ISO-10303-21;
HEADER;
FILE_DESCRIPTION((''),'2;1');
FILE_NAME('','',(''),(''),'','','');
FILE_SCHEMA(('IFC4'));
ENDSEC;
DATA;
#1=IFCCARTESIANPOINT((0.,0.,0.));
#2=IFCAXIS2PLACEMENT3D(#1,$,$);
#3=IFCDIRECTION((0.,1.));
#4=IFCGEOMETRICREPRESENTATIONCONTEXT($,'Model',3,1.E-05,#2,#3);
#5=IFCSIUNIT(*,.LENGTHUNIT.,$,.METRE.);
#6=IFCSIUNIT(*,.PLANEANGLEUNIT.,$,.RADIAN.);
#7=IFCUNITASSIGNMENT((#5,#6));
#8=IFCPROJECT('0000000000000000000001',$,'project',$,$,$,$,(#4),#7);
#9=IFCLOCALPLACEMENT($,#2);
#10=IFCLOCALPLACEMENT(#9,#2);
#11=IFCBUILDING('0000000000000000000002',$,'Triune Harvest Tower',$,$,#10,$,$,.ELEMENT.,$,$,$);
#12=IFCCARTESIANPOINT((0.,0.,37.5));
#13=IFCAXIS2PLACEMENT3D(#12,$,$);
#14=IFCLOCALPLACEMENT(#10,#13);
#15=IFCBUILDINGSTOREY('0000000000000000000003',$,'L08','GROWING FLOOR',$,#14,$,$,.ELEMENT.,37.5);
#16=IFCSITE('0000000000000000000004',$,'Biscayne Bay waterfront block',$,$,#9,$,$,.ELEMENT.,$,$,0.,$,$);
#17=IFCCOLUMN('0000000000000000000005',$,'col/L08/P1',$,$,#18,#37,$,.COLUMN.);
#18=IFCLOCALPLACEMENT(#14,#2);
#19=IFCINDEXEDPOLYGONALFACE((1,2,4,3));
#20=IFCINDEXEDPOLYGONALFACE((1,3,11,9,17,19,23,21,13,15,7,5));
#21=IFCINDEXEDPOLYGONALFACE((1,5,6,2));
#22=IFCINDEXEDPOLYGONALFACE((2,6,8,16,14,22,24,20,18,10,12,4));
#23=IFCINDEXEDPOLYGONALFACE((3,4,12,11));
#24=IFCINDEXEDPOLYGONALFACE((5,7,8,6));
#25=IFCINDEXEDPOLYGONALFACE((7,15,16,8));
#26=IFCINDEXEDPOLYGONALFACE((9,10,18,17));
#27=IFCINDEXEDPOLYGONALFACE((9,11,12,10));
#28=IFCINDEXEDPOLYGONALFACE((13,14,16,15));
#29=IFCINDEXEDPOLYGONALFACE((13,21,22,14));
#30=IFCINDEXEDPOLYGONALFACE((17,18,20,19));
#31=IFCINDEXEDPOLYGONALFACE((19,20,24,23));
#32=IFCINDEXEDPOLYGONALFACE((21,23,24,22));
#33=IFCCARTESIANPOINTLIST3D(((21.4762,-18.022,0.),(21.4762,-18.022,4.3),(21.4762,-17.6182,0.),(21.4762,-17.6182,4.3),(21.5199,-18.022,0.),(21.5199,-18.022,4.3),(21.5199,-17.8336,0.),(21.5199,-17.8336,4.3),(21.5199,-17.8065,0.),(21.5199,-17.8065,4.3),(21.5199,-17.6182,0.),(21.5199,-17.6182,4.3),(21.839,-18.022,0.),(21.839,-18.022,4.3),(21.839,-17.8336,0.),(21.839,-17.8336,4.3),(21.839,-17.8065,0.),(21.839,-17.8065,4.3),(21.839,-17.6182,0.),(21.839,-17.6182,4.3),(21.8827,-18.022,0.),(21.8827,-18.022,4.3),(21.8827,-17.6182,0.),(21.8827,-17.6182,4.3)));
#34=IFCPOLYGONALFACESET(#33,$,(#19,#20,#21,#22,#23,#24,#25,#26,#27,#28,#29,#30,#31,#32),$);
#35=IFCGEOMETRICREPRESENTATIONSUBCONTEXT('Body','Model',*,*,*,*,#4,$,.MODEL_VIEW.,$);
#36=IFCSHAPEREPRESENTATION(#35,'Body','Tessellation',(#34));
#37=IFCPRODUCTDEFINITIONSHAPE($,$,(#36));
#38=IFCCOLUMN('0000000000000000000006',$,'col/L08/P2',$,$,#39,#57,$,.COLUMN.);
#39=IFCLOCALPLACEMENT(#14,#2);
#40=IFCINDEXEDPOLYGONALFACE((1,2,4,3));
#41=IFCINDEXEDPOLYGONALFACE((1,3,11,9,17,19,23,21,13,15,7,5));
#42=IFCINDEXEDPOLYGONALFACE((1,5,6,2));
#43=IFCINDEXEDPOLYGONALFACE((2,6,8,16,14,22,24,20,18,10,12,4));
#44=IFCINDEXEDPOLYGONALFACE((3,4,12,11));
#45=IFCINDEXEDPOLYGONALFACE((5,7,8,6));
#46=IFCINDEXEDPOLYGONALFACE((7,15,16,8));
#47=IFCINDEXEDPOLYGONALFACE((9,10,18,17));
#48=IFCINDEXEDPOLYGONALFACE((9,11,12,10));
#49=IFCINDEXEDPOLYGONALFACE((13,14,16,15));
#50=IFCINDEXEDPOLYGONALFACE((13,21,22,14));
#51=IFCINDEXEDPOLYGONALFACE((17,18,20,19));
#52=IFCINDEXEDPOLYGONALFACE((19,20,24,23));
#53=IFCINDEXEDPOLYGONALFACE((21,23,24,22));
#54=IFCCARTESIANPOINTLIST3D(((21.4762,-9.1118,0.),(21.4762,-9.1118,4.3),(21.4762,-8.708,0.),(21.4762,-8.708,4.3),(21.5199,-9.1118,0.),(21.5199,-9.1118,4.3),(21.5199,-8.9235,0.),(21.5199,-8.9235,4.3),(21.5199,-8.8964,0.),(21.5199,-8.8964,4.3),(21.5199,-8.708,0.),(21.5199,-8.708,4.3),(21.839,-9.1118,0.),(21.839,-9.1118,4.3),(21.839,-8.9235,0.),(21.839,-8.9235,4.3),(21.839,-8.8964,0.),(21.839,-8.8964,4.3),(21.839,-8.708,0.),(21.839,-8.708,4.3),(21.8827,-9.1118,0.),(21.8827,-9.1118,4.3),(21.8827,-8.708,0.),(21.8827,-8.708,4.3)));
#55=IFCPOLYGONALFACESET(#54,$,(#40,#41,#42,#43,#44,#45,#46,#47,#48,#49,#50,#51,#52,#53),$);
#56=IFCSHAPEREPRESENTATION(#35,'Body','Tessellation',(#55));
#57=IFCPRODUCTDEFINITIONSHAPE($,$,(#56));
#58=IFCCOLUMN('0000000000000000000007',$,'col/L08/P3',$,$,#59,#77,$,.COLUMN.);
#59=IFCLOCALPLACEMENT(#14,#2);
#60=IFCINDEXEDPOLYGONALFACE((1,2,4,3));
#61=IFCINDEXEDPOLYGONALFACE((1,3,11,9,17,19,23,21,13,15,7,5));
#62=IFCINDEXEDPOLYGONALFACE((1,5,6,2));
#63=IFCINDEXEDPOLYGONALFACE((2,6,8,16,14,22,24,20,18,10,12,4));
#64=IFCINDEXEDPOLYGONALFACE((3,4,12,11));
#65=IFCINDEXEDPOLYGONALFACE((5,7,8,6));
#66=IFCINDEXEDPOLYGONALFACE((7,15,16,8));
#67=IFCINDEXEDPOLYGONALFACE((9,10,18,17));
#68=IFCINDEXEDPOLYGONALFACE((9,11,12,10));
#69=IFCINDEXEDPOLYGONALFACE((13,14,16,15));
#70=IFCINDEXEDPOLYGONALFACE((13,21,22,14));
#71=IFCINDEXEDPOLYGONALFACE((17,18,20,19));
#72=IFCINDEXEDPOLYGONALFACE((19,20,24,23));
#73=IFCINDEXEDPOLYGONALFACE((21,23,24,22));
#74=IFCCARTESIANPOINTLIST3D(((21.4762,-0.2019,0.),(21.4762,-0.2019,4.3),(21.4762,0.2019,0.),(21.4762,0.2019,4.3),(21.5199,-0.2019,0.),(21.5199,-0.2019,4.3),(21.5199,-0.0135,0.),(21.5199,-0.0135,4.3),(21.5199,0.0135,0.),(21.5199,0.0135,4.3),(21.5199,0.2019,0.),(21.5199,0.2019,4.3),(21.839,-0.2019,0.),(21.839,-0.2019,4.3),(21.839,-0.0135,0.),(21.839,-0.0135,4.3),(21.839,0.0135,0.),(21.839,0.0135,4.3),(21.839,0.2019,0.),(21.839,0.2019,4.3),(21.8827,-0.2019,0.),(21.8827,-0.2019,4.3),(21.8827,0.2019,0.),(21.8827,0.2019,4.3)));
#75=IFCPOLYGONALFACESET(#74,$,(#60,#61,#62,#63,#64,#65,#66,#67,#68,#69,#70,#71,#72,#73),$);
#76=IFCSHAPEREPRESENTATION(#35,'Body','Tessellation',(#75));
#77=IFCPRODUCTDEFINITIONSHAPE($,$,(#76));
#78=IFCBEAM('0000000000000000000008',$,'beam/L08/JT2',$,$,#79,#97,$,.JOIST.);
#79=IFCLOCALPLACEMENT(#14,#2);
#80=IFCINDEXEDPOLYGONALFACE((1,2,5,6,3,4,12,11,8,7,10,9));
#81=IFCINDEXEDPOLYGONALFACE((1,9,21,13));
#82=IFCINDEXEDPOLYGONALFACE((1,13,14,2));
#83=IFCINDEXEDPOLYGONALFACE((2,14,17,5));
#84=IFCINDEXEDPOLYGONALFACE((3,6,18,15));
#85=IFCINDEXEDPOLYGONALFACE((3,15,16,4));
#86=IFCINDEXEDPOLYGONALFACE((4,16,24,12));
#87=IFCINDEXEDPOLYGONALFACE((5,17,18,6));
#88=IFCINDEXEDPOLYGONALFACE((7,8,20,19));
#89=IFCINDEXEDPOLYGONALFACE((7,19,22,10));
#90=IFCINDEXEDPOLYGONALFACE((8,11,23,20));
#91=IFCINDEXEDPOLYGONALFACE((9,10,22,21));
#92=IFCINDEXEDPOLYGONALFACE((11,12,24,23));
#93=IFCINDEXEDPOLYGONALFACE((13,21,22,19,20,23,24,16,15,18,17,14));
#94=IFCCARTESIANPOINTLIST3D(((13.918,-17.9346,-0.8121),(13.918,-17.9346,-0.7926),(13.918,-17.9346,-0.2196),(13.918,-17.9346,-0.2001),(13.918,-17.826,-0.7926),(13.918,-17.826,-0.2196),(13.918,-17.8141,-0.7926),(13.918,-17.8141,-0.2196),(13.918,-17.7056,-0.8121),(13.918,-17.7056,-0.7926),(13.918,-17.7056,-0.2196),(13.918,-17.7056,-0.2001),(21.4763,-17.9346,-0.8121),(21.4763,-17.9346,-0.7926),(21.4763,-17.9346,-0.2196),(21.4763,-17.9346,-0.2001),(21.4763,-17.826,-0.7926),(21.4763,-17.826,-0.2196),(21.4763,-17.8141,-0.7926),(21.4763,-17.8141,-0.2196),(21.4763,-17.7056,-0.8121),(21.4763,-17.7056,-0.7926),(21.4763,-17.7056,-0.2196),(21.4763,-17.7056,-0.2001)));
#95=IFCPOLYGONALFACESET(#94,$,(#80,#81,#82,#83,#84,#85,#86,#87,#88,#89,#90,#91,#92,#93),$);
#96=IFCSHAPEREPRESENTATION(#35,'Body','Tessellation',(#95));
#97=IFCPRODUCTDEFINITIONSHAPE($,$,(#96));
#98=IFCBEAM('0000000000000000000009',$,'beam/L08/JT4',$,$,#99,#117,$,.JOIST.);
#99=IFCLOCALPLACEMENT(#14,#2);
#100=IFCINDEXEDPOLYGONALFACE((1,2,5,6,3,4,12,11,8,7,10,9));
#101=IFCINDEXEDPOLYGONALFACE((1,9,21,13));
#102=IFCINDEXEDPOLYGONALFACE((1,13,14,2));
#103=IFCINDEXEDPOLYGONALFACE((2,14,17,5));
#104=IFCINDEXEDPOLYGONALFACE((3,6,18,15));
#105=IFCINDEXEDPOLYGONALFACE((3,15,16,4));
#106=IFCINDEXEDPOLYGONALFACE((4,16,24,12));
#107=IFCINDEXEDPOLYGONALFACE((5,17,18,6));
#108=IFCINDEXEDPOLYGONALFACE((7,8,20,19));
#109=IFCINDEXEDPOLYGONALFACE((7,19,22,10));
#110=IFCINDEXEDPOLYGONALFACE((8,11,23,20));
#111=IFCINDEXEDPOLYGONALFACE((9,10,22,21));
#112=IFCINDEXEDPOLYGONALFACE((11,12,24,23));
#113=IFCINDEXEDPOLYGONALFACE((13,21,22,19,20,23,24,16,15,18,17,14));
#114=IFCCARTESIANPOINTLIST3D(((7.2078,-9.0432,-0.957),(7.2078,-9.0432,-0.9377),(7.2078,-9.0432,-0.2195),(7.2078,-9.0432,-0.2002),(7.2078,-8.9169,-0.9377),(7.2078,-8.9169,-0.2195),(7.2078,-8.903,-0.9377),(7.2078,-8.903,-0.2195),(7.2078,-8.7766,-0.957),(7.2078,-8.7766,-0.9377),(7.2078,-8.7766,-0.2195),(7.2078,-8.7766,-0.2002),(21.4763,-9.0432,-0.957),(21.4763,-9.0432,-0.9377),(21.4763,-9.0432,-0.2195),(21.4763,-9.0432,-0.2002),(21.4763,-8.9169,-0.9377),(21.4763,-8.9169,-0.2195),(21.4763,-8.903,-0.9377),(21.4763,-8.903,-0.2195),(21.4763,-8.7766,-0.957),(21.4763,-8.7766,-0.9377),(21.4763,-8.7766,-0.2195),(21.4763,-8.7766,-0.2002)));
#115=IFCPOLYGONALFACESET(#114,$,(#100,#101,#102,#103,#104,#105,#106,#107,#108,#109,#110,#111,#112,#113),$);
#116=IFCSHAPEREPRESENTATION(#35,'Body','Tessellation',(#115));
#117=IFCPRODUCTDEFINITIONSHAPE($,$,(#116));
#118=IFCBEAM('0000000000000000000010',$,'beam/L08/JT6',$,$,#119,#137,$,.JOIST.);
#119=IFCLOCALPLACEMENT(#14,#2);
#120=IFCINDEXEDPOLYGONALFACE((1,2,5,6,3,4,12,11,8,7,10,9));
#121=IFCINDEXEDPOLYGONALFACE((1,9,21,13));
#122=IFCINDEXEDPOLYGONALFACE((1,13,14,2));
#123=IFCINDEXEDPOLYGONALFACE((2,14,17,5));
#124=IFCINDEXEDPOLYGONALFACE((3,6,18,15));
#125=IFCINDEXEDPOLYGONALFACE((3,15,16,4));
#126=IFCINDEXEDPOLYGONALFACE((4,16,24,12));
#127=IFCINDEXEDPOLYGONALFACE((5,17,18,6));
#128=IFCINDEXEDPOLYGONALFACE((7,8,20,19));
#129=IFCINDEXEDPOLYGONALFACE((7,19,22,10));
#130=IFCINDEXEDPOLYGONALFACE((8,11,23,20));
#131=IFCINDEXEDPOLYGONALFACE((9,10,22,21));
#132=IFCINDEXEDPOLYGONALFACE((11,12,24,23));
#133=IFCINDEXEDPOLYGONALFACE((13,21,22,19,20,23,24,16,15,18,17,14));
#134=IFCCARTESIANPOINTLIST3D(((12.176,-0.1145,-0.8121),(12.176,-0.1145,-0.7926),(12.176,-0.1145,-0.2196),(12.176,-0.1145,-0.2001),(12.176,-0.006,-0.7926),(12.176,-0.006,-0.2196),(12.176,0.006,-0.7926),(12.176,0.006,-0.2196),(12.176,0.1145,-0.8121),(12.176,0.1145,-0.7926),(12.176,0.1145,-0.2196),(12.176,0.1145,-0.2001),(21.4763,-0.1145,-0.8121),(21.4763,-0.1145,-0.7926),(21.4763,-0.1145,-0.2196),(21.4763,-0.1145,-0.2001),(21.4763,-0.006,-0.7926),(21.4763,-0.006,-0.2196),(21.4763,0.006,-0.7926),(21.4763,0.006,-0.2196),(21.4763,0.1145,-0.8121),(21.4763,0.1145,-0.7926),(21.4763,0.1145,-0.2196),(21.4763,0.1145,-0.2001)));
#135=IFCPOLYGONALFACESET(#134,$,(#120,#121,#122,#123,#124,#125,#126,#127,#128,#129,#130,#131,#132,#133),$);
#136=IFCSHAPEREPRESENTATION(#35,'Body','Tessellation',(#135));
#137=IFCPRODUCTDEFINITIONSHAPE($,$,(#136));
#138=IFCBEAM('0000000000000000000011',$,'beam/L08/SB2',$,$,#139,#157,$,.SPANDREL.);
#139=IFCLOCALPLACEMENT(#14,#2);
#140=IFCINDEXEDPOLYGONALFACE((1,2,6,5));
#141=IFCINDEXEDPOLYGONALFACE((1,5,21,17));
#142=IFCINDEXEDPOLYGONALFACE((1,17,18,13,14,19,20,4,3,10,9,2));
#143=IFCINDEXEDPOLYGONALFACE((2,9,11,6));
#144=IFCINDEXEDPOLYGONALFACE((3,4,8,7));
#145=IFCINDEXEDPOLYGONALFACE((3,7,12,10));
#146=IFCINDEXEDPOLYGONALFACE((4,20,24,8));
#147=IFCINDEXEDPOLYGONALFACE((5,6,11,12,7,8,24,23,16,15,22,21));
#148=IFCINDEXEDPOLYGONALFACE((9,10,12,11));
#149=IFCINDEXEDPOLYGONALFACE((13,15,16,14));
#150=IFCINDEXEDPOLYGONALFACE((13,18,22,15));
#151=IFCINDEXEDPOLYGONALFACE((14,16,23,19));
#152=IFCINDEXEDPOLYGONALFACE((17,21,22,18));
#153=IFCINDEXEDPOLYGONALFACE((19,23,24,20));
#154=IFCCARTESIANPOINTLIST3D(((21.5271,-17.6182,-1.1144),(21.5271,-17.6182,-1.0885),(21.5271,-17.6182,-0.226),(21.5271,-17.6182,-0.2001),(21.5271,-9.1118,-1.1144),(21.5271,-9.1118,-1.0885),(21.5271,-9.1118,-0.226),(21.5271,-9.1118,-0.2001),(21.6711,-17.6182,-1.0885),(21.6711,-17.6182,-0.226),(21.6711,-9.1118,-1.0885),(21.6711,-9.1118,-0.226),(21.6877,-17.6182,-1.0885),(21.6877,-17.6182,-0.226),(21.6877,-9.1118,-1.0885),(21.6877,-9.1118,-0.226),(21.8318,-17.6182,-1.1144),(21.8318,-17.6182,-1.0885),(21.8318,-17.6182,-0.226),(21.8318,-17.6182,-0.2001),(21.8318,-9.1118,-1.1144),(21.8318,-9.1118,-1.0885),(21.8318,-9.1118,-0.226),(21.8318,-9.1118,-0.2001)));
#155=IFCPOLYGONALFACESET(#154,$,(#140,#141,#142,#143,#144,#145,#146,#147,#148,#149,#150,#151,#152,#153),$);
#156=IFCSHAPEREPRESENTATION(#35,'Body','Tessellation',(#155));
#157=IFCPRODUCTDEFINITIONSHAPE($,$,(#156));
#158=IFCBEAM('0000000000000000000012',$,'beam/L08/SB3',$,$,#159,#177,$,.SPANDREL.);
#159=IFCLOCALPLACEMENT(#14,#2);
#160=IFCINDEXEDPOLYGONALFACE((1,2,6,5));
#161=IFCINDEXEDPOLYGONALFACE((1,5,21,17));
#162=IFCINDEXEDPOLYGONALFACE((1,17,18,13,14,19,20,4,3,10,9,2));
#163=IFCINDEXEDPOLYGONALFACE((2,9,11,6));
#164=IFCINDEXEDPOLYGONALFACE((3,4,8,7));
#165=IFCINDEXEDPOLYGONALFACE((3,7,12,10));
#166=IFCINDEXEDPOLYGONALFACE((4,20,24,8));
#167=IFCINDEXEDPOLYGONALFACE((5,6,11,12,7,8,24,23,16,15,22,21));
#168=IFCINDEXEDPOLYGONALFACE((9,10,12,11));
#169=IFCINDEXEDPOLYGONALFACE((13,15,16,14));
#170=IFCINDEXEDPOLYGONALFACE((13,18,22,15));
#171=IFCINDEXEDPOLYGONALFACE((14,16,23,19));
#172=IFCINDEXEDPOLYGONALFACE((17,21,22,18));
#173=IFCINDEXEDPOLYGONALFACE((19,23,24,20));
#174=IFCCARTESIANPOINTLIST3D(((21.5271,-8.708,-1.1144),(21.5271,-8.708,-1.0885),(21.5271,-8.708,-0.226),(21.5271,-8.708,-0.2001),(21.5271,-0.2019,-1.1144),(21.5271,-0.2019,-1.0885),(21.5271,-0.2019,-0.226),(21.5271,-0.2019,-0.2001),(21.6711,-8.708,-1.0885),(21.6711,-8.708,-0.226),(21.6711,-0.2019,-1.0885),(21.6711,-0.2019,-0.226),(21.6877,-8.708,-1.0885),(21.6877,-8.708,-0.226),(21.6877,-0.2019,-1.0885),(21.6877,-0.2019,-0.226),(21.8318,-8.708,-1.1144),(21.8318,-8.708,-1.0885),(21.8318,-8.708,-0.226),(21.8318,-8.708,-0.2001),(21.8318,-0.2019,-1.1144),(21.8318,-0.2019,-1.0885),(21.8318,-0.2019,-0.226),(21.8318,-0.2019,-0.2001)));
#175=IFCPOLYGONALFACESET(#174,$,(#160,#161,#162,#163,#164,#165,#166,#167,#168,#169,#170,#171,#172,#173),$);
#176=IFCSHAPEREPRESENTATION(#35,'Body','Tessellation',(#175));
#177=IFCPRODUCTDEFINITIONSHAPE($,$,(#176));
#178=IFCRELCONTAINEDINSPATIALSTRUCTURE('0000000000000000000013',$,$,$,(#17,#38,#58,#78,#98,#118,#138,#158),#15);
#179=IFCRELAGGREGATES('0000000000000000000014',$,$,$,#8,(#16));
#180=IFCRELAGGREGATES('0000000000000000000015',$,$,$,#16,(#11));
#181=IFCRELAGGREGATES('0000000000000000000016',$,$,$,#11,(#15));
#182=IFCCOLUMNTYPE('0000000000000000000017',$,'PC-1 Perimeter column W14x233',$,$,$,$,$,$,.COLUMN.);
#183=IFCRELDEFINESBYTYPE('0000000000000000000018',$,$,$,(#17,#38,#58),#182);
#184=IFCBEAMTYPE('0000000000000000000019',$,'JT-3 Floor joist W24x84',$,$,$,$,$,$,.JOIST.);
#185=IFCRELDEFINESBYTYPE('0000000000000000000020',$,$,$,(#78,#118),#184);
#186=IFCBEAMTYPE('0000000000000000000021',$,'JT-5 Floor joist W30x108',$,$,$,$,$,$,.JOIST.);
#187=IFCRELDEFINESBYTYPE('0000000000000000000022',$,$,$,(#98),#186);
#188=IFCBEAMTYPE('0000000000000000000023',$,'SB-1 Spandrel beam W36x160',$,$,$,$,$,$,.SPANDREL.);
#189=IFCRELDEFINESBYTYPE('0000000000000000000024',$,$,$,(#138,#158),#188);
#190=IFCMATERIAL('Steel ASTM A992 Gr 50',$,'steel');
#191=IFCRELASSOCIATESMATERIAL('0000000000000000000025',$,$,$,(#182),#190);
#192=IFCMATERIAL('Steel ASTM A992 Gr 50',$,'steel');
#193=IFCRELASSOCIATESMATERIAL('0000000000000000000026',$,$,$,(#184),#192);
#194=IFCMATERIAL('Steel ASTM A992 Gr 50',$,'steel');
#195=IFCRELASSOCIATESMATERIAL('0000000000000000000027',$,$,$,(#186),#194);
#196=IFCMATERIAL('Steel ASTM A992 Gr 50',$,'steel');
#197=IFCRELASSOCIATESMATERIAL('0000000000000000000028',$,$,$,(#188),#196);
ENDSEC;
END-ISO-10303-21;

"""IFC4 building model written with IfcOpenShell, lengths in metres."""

from ifc_helpers import new_model, si_unit, direction, frame, origin, origin_2d, place, context, subcontext, project, spatial, i_section, extrude, source, transform, mapped, material, material_profile, profile_set, type_object, element, save


model = new_model("IFC4")

# Units and contexts
model_context = context("Model", 3, precision=1e-05, world=origin(), true_north=direction((0.0, 1.0)))
body_context = subcontext(model_context, "Body", "Model", "MODEL_VIEW")
ifc_project = project(units=[si_unit("LENGTHUNIT", "METRE"), si_unit("PLANEANGLEUNIT", "RADIAN")], contexts=[model_context])

# Site, building, storey
site_placement = place(None, origin())
site = spatial("IfcSite", under=ifc_project, at=site_placement, Name="Biscayne Bay waterfront block", CompositionType="ELEMENT", RefElevation=0.0)
building_placement = place(site_placement, origin())
building = spatial("IfcBuilding", under=site, at=building_placement, Name="Triune Harvest Tower", CompositionType="ELEMENT")
storey_placement = place(building_placement, frame((0.0, 0.0, 37.5)))
storey = spatial("IfcBuildingStorey", under=building, at=storey_placement, Name="L08", Description="GROWING FLOOR", CompositionType="ELEMENT", Elevation=37.5)

# Columns
ifc_material_1 = material(Name="Steel ASTM A992 Gr 50", Category="steel")
ifc_material_profile_1 = material_profile(ifc_material_1, i_section(OverallWidth=0.4038, OverallDepth=0.4065, WebThickness=0.0271, FlangeThickness=0.0437, at=origin_2d()), Name="W14x233")
ifc_profile_set_1 = profile_set([ifc_material_profile_1], Name="Steel ASTM A992 Gr 50")
column_type = type_object("IfcColumnType", Name="PC-1 Perimeter column W14x233", PredefinedType="COLUMN", material=ifc_profile_set_1)
shared_shape_1 = source(origin(), body_context, "Body", "SweptSolid", [
    extrude(i_section(OverallWidth=0.4038, OverallDepth=0.4065, WebThickness=0.0271, FlangeThickness=0.0437, at=origin_2d()), origin(), (0.0, 0.0, 1.0), 4.3),
])
for number, where, z_axis, x_axis, name in (
    (1, (21.6794, -17.8201, 0.0), (0.0, 0.0, 1.0), (0.0, 1.0, 0.0), "col/L08/P1"),
    (2, (21.6794, -8.9099, 0.0), (0.0, 0.0, 1.0), (0.0, 1.0, 0.0), "col/L08/P2"),
    (3, (21.6794, 0.0, 0.0), (0.0, 0.0, 1.0), (0.0, 1.0, 0.0), "col/L08/P3"),
):
    element("IfcColumn", number, at=place(storey_placement, frame(where, z_axis=z_axis, x_axis=x_axis)), inside=storey, type_object=column_type, Name=name, PredefinedType="COLUMN", context=body_context, shape_type="MappedRepresentation", body=[
        mapped(shared_shape_1, transform((0.0, 0.0, 0.0), scale=1.0)),
    ])

# Beams
ifc_material_2 = material(Name="Steel ASTM A992 Gr 50", Category="steel")
ifc_material_profile_2 = material_profile(ifc_material_2, i_section(OverallWidth=0.229, OverallDepth=0.6121, WebThickness=0.012, FlangeThickness=0.0195, at=origin_2d()), Name="W24x84")
ifc_profile_set_2 = profile_set([ifc_material_profile_2], Name="Steel ASTM A992 Gr 50")
beam_type_1 = type_object("IfcBeamType", Name="JT-3 Floor joist W24x84", PredefinedType="JOIST", material=ifc_profile_set_2)
shared_shape_2 = source(origin(), body_context, "Body", "SweptSolid", [
    extrude(i_section(OverallWidth=0.229, OverallDepth=0.6121, WebThickness=0.012, FlangeThickness=0.0195, at=origin_2d()), origin(), (0.0, 0.0, 1.0), 7.5583),
])
beam_1_placement = place(storey_placement, frame((21.4763, -17.8201, -0.5061), z_axis=(-1.0, 0.0, 0.0), x_axis=(0.0, -1.0, 0.0)))
element("IfcBeam", 4, at=beam_1_placement, inside=storey, type_object=beam_type_1, Name="beam/L08/JT2", PredefinedType="JOIST", context=body_context, shape_type="MappedRepresentation", body=[
    mapped(shared_shape_2, transform((0.0, 0.0, 0.0), scale=1.0)),
])
ifc_material_3 = material(Name="Steel ASTM A992 Gr 50", Category="steel")
ifc_material_profile_3 = material_profile(ifc_material_3, i_section(OverallWidth=0.2666, OverallDepth=0.7568, WebThickness=0.0139, FlangeThickness=0.0193, at=origin_2d()), Name="W30x108")
ifc_profile_set_3 = profile_set([ifc_material_profile_3], Name="Steel ASTM A992 Gr 50")
beam_type_2 = type_object("IfcBeamType", Name="JT-5 Floor joist W30x108", PredefinedType="JOIST", material=ifc_profile_set_3)
shared_shape_3 = source(origin(), body_context, "Body", "SweptSolid", [
    extrude(i_section(OverallWidth=0.2666, OverallDepth=0.7568, WebThickness=0.0139, FlangeThickness=0.0193, at=origin_2d()), origin(), (0.0, 0.0, 1.0), 14.2686),
])
beam_2_placement = place(storey_placement, frame((21.4763, -8.9099, -0.5786), z_axis=(-1.0, 0.0, 0.0), x_axis=(0.0, -1.0, 0.0)))
element("IfcBeam", 5, at=beam_2_placement, inside=storey, type_object=beam_type_2, Name="beam/L08/JT4", PredefinedType="JOIST", context=body_context, shape_type="MappedRepresentation", body=[
    mapped(shared_shape_3, transform((0.0, 0.0, 0.0), scale=1.0)),
])
shared_shape_4 = source(origin(), body_context, "Body", "SweptSolid", [
    extrude(i_section(OverallWidth=0.229, OverallDepth=0.6121, WebThickness=0.012, FlangeThickness=0.0195, at=origin_2d()), origin(), (0.0, 0.0, 1.0), 9.3003),
])
beam_3_placement = place(storey_placement, frame((21.4763, 0.0, -0.5061), z_axis=(-1.0, 0.0, 0.0), x_axis=(0.0, -1.0, 0.0)))
element("IfcBeam", 6, at=beam_3_placement, inside=storey, type_object=beam_type_1, Name="beam/L08/JT6", PredefinedType="JOIST", context=body_context, shape_type="MappedRepresentation", body=[
    mapped(shared_shape_4, transform((0.0, 0.0, 0.0), scale=1.0)),
])
ifc_material_4 = material(Name="Steel ASTM A992 Gr 50", Category="steel")
ifc_material_profile_4 = material_profile(ifc_material_4, i_section(OverallWidth=0.3047, OverallDepth=0.9143, WebThickness=0.0166, FlangeThickness=0.0259, at=origin_2d()), Name="W36x160")
ifc_profile_set_4 = profile_set([ifc_material_profile_4], Name="Steel ASTM A992 Gr 50")
beam_type_3 = type_object("IfcBeamType", Name="SB-1 Spandrel beam W36x160", PredefinedType="SPANDREL", material=ifc_profile_set_4)
shared_shape_5 = source(origin(), body_context, "Body", "SweptSolid", [
    extrude(i_section(OverallWidth=0.3047, OverallDepth=0.9143, WebThickness=0.0166, FlangeThickness=0.0259, at=origin_2d()), origin(), (0.0, 0.0, 1.0), 8.5063),
])
beam_4_placement = place(storey_placement, frame((21.6794, -17.6182, -0.6572), z_axis=(0.0, 1.0, 0.0), x_axis=(-1.0, 0.0, 0.0)))
element("IfcBeam", 7, at=beam_4_placement, inside=storey, type_object=beam_type_3, Name="beam/L08/SB2", PredefinedType="SPANDREL", context=body_context, shape_type="MappedRepresentation", body=[
    mapped(shared_shape_5, transform((0.0, 0.0, 0.0), scale=1.0)),
])
shared_shape_6 = source(origin(), body_context, "Body", "SweptSolid", [
    extrude(i_section(OverallWidth=0.3047, OverallDepth=0.9143, WebThickness=0.0166, FlangeThickness=0.0259, at=origin_2d()), origin(), (0.0, 0.0, 1.0), 8.5061),
])
beam_5_placement = place(storey_placement, frame((21.6794, -8.708, -0.6572), z_axis=(0.0, 1.0, 0.0), x_axis=(-1.0, 0.0, 0.0)))
element("IfcBeam", 8, at=beam_5_placement, inside=storey, type_object=beam_type_3, Name="beam/L08/SB3", PredefinedType="SPANDREL", context=body_context, shape_type="MappedRepresentation", body=[
    mapped(shared_shape_6, transform((0.0, 0.0, 0.0), scale=1.0)),
])

save(model, "model.ifc")
